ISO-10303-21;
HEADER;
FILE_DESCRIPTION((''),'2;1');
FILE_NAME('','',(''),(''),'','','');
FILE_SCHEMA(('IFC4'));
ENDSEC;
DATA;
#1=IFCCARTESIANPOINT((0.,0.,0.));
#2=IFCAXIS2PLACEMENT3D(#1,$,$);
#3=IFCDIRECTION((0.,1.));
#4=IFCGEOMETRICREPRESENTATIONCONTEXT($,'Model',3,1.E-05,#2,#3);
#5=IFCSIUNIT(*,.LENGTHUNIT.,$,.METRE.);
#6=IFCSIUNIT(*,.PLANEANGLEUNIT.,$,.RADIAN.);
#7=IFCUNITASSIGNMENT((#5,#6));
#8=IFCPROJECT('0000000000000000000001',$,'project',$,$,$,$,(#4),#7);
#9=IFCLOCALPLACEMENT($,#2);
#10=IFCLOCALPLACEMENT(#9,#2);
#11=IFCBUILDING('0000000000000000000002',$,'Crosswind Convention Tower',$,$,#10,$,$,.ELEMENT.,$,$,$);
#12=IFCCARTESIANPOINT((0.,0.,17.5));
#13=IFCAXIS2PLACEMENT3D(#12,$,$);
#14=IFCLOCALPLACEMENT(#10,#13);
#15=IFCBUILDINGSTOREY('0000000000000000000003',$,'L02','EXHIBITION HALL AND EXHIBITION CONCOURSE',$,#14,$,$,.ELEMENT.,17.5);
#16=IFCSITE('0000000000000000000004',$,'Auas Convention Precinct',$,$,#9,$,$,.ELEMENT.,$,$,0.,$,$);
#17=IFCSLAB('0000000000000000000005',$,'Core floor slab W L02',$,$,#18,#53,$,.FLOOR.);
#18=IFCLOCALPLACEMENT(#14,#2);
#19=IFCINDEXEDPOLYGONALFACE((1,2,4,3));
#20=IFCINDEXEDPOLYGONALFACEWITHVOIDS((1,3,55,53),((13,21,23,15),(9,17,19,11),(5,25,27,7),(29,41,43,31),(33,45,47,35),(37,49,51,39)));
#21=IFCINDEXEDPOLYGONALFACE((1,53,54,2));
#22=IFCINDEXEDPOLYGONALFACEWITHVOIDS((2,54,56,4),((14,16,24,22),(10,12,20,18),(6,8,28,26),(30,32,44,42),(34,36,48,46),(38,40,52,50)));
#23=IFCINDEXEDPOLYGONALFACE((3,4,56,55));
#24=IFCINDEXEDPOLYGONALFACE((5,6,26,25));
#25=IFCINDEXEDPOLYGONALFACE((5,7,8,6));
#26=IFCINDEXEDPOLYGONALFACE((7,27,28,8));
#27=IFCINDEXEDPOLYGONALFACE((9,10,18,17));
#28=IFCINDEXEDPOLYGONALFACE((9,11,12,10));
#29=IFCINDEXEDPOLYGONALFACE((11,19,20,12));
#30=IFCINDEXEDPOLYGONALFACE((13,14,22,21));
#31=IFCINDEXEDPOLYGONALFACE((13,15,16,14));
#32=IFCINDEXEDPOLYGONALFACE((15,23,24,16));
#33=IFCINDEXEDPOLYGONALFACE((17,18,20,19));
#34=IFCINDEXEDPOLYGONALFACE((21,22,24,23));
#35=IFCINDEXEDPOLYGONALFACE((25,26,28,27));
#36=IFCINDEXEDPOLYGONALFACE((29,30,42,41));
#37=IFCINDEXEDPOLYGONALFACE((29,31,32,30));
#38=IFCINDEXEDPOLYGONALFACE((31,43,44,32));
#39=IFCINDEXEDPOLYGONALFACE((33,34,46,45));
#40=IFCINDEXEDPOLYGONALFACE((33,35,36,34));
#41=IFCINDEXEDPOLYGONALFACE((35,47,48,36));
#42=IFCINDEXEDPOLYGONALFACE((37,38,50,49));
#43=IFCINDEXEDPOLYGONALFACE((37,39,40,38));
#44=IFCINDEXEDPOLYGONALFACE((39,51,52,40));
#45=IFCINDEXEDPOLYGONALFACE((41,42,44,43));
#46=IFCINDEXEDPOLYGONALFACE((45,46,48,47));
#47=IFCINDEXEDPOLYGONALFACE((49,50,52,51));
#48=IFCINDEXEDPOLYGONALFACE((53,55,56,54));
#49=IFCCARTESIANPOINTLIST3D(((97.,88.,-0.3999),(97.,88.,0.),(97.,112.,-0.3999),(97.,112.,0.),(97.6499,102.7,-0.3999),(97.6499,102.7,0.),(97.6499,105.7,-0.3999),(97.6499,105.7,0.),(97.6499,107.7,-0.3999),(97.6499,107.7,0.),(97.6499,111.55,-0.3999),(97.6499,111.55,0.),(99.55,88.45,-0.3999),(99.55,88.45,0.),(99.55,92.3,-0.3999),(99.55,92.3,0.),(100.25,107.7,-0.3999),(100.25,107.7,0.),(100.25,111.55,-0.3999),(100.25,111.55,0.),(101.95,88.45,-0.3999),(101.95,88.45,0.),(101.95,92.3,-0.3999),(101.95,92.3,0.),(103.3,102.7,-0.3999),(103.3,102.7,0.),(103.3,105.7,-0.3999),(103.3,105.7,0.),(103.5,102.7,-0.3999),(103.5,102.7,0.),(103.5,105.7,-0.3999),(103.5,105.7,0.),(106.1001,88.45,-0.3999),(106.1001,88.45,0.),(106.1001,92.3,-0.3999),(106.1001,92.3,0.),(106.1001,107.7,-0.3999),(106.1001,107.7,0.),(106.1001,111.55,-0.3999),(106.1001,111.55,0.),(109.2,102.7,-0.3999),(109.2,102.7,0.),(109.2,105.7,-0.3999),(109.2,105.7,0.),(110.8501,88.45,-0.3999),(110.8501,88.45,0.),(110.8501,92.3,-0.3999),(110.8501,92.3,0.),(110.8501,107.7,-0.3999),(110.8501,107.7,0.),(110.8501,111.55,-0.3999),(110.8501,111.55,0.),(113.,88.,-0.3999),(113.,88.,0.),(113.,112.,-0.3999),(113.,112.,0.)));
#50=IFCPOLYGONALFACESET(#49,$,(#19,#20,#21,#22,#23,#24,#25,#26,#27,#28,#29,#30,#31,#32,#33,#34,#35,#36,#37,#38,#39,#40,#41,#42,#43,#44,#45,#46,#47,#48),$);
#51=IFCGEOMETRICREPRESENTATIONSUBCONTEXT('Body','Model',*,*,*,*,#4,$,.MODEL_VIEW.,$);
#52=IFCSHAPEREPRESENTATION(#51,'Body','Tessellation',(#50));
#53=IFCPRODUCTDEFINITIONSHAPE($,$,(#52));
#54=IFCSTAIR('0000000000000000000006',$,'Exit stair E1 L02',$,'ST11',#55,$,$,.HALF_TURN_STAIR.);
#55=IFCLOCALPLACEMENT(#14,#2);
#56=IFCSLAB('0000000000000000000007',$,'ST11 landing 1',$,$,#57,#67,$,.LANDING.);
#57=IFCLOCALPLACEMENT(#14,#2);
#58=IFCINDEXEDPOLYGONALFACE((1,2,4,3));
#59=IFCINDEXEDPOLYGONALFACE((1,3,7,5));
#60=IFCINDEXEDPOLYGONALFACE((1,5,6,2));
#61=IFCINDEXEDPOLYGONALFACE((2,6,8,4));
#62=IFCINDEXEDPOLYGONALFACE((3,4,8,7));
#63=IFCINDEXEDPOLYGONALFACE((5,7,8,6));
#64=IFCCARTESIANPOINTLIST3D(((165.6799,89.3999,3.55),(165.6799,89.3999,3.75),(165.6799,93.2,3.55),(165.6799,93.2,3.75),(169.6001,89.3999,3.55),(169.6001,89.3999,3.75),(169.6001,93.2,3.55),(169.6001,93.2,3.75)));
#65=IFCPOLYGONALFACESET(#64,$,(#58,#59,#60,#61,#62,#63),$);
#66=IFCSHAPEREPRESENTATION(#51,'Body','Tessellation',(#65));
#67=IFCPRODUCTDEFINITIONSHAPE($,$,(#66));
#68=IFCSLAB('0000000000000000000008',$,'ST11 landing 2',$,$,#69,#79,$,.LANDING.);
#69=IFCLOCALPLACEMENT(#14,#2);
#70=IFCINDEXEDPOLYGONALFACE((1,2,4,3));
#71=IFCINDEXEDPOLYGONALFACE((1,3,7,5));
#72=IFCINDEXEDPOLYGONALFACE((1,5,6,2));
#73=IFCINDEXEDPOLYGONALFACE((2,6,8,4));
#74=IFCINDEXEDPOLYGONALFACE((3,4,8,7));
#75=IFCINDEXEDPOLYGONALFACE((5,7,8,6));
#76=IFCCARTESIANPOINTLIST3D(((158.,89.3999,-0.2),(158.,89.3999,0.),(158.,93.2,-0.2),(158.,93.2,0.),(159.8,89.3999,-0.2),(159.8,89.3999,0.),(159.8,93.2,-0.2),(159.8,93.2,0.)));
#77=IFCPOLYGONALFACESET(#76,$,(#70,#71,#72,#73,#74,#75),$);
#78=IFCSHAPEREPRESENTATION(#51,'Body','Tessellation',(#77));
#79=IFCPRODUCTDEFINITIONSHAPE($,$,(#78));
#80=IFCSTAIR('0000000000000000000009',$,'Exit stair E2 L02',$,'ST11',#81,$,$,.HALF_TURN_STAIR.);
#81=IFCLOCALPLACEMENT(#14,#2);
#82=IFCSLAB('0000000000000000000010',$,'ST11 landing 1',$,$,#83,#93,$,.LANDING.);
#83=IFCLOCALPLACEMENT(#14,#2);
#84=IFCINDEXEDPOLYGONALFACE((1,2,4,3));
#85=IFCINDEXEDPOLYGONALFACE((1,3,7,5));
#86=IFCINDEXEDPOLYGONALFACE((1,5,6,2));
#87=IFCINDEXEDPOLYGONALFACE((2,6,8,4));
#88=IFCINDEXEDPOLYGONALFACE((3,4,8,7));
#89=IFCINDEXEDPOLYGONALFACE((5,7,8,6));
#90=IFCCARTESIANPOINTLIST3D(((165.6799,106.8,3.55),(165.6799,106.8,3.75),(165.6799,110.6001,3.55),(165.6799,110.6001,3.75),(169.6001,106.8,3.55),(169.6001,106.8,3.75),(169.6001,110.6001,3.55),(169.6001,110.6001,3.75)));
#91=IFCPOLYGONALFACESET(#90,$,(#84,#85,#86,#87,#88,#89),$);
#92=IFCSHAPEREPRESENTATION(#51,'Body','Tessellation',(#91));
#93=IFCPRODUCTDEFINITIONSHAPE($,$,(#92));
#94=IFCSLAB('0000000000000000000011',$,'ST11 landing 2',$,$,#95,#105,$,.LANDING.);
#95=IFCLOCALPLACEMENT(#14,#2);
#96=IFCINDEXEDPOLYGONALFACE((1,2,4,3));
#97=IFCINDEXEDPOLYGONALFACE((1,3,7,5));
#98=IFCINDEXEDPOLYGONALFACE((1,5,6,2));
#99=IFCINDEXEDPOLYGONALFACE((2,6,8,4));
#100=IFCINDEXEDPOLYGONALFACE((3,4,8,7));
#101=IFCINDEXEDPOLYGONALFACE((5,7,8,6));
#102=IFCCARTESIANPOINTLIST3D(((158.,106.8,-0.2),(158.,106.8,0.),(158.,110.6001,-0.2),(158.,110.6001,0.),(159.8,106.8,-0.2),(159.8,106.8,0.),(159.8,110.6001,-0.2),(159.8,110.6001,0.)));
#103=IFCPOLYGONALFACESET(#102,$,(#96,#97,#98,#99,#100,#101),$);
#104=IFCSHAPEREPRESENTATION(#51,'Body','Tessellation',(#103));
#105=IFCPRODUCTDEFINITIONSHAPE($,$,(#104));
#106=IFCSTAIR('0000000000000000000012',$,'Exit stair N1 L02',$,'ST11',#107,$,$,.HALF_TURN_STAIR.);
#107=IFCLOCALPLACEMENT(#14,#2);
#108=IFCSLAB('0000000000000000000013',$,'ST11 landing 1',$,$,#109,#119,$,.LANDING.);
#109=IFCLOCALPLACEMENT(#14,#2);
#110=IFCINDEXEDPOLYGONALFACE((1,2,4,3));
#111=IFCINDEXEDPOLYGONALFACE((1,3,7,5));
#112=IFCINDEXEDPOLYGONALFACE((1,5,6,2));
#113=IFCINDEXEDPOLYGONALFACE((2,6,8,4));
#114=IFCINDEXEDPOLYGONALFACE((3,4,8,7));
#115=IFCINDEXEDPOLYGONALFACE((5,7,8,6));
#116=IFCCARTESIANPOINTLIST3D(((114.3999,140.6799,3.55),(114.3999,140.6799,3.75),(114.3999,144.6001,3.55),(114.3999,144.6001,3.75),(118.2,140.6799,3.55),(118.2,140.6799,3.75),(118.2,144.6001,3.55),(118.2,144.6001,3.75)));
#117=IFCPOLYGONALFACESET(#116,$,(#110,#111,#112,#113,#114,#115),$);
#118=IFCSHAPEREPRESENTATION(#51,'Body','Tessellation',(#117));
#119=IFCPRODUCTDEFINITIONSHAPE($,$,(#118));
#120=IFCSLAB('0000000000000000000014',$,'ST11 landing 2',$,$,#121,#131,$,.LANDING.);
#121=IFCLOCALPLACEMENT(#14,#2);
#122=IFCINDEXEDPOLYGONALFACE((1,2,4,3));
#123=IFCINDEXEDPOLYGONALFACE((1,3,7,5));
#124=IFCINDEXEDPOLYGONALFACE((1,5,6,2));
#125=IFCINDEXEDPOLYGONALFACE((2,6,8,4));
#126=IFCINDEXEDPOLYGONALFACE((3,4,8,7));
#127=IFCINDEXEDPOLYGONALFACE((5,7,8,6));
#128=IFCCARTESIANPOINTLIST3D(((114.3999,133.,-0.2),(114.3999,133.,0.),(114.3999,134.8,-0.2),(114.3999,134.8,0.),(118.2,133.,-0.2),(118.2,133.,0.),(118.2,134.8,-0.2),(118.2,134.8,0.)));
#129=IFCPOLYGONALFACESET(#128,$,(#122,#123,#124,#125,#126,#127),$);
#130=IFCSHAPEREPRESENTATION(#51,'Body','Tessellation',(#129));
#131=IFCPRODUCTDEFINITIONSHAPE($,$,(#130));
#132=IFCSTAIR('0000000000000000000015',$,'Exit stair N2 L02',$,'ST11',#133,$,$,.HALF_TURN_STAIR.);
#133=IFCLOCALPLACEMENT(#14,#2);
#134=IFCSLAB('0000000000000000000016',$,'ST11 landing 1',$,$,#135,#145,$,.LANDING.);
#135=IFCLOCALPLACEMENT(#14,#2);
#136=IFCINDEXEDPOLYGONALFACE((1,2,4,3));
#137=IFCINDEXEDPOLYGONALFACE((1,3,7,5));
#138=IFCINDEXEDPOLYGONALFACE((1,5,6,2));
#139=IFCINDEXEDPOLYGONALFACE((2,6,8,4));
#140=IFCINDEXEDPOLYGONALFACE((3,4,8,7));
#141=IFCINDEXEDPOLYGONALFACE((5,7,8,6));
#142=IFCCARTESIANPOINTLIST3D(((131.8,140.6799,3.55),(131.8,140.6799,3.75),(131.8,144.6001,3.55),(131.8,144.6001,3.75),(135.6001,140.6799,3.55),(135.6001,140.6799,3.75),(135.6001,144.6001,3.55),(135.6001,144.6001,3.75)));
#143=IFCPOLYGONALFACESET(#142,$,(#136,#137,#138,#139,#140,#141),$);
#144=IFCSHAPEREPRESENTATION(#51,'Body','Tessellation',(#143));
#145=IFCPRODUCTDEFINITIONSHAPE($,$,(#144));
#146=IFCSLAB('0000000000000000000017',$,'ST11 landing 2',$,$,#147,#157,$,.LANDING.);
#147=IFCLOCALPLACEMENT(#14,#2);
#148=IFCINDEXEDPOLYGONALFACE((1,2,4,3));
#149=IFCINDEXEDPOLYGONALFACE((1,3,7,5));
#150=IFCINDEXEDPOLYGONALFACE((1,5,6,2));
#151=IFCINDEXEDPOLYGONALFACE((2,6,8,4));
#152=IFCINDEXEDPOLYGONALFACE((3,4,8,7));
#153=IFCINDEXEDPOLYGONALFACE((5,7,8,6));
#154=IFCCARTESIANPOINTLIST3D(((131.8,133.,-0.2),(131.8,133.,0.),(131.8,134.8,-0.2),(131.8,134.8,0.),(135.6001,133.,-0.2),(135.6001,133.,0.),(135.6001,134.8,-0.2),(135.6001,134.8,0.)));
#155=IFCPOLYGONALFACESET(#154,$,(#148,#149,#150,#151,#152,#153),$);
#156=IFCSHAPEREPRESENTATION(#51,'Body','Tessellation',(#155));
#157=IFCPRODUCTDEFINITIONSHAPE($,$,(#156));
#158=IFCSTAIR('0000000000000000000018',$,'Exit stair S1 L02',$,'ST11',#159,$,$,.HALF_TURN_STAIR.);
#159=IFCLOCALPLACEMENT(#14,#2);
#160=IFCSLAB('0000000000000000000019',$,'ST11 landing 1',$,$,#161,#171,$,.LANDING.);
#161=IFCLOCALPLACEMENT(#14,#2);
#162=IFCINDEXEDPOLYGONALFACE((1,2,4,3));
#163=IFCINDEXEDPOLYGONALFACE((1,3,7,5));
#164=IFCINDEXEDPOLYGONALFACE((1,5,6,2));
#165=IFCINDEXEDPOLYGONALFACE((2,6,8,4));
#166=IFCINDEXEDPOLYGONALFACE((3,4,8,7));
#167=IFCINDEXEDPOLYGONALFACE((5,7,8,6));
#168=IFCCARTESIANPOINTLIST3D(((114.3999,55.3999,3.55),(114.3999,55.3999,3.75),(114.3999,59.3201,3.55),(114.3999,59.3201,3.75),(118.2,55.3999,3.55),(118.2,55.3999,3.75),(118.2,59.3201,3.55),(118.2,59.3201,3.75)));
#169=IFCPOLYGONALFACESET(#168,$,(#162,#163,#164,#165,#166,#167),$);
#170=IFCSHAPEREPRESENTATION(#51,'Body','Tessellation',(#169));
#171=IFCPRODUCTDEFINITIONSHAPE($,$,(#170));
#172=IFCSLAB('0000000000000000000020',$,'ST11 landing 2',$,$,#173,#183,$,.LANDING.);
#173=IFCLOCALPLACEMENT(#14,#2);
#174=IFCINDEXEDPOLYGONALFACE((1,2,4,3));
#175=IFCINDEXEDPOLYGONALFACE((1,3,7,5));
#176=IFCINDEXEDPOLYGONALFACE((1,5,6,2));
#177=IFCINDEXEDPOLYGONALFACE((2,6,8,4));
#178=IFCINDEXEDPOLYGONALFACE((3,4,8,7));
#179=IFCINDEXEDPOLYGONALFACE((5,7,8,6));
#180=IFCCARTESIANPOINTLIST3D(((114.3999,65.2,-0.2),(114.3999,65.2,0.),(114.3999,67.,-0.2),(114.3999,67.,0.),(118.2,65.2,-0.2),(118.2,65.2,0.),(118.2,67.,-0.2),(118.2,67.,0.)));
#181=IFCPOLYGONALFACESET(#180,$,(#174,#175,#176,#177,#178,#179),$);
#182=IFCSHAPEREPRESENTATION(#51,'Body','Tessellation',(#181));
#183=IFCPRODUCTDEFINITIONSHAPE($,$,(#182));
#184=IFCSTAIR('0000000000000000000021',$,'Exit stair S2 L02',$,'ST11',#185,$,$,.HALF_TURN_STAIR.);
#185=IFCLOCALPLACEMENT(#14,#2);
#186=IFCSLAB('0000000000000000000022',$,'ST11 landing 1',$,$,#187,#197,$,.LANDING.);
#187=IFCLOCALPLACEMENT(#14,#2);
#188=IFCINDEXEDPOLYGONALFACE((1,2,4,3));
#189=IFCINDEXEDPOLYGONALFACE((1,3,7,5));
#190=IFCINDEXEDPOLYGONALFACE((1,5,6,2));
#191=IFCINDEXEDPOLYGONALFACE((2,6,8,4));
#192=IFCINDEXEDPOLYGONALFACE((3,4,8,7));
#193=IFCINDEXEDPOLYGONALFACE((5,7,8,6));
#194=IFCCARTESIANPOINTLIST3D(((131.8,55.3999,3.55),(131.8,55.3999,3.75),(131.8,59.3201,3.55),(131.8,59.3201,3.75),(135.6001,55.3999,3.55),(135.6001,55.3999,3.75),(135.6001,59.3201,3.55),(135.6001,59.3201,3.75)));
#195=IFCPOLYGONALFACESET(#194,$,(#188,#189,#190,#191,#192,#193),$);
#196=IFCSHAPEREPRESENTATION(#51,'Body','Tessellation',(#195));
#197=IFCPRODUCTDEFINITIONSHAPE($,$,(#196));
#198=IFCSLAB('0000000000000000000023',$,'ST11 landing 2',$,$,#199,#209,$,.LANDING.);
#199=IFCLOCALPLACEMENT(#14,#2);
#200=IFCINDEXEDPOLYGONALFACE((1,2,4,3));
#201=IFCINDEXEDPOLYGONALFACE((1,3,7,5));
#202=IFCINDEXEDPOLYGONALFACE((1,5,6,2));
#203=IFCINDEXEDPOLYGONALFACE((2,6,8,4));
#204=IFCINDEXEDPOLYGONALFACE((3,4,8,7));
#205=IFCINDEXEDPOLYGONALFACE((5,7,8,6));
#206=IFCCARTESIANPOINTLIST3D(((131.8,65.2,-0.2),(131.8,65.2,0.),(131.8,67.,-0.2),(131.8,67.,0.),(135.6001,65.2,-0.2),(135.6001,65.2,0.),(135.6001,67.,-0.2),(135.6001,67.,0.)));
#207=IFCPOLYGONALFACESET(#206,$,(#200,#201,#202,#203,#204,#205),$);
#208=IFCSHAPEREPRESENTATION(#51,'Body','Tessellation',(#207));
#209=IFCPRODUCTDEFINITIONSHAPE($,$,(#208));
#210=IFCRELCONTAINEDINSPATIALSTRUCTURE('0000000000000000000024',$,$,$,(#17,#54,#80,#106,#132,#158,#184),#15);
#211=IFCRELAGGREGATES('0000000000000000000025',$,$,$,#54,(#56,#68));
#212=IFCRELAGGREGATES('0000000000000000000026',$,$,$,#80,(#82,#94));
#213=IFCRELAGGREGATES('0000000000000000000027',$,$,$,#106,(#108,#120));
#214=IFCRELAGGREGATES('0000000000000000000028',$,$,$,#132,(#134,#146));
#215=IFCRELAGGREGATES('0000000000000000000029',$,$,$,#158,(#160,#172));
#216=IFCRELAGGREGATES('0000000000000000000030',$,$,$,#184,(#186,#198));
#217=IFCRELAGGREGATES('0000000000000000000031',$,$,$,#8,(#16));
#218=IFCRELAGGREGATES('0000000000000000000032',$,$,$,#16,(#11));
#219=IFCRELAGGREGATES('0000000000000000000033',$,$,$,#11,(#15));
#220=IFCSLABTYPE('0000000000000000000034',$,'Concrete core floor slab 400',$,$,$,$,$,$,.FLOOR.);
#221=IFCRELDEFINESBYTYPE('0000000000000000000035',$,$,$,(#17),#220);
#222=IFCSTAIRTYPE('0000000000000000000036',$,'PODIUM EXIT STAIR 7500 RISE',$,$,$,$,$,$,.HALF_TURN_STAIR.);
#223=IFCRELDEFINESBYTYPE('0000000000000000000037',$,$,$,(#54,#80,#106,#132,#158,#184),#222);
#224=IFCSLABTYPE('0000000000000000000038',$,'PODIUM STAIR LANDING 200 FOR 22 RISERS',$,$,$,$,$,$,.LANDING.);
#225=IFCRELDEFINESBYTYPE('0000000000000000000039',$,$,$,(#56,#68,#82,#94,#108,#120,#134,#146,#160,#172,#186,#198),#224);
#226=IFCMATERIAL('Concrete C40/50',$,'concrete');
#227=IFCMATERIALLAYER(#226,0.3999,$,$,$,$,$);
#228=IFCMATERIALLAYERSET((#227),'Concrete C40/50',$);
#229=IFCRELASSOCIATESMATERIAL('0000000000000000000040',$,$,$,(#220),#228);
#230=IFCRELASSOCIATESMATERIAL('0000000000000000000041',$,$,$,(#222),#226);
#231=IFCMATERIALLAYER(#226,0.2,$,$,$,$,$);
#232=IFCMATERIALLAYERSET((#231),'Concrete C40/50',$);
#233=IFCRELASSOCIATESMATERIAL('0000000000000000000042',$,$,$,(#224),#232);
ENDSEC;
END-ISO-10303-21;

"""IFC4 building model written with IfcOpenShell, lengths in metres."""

from ifc_helpers import new_model, si_unit, direction, frame, origin, place, context, subcontext, project, spatial, polyline, outline, extrude, material, layer, layer_set, type_object, element, aggregate, save


model = new_model("IFC4")

# Units and contexts
model_context = context("Model", 3, precision=1e-05, world=origin(), true_north=direction((0.0, 1.0)))
body_context = subcontext(model_context, "Body", "Model", "MODEL_VIEW")
ifc_project = project(units=[si_unit("LENGTHUNIT", "METRE"), si_unit("PLANEANGLEUNIT", "RADIAN")], contexts=[model_context])

# Site, building, storey
site_placement = place(None, origin())
site = spatial("IfcSite", under=ifc_project, at=site_placement, Name="Auas Convention Precinct", CompositionType="ELEMENT", RefElevation=0.0)
building_placement = place(site_placement, origin())
building = spatial("IfcBuilding", under=site, at=building_placement, Name="Crosswind Convention Tower", CompositionType="ELEMENT")
storey_placement = place(building_placement, frame((0.0, 0.0, 17.5)))
storey = spatial("IfcBuildingStorey", under=building, at=storey_placement, Name="L02", Description="EXHIBITION HALL AND EXHIBITION CONCOURSE", CompositionType="ELEMENT", Elevation=17.5)

# Slab
ifc_material_1 = material(Name="Concrete C40/50", Category="concrete")
ifc_layer_1 = layer(ifc_material_1, 0.3999)
ifc_layer_set_1 = layer_set([ifc_layer_1], Name="Concrete C40/50")
slab_type_1 = type_object("IfcSlabType", Name="Concrete core floor slab 400", PredefinedType="FLOOR", material=ifc_layer_set_1)
slab_1_placement = place(storey_placement, frame((0.0, 0.0, -0.3999)))
element("IfcSlab", 1, at=slab_1_placement, inside=storey, type_object=slab_type_1, Name="Core floor slab W L02", PredefinedType="FLOOR", context=body_context, shape_type="SweptSolid", body=[
    extrude(outline(polyline([(97.0, 88.0), (113.0, 88.0), (113.0, 112.0), (97.0, 112.0), (97.0, 88.0)]), holes=[polyline([(109.2, 102.7), (109.2, 105.7), (103.5, 105.7), (103.5, 102.7), (109.2, 102.7)]), polyline([(103.3, 102.7), (103.3, 105.7), (97.6499, 105.7), (97.6499, 102.7), (103.3, 102.7)]), polyline([(101.95, 88.45), (101.95, 92.3), (99.55, 92.3), (99.55, 88.45), (101.95, 88.45)]), polyline([(100.25, 107.7), (100.25, 111.55), (97.6499, 111.55), (97.6499, 107.7), (100.25, 107.7)]), polyline([(110.8501, 88.45), (110.8501, 92.3), (106.1001, 92.3), (106.1001, 88.45), (110.8501, 88.45)]), polyline([(110.8501, 107.7), (110.8501, 111.55), (106.1001, 111.55), (106.1001, 107.7), (110.8501, 107.7)])]), origin(), (0.0, 0.0, 1.0), 0.3999),
])

# Stairs, slabs
stair_type_1 = type_object("IfcStairType", Name="PODIUM EXIT STAIR 7500 RISE", PredefinedType="HALF_TURN_STAIR", material=ifc_material_1)
stair_1_placement = place(storey_placement, origin())
stair_1 = element("IfcStair", 2, at=stair_1_placement, inside=storey, type_object=stair_type_1, Name="Exit stair E1 L02", ObjectType="ST11", PredefinedType="HALF_TURN_STAIR")
ifc_layer_2 = layer(ifc_material_1, 0.2)
ifc_layer_set_2 = layer_set([ifc_layer_2], Name="Concrete C40/50")
slab_type_2 = type_object("IfcSlabType", Name="PODIUM STAIR LANDING 200 FOR 22 RISERS", PredefinedType="LANDING", material=ifc_layer_set_2)
slab_2_placement = place(storey_placement, frame((0.0, 0.0, 3.55)))
slab_2 = element("IfcSlab", 3, at=slab_2_placement, type_object=slab_type_2, Name="ST11 landing 1", PredefinedType="LANDING", context=body_context, shape_type="SweptSolid", body=[
    extrude(outline(polyline([(165.6799, 89.3999), (169.6001, 89.3999), (169.6001, 93.2), (165.6799, 93.2), (165.6799, 89.3999)])), origin(), (0.0, 0.0, 1.0), 0.2),
])
slab_3_placement = place(storey_placement, frame((0.0, 0.0, -0.2)))
slab_3 = element("IfcSlab", 4, at=slab_3_placement, type_object=slab_type_2, Name="ST11 landing 2", PredefinedType="LANDING", context=body_context, shape_type="SweptSolid", body=[
    extrude(outline(polyline([(158.0, 89.3999), (159.8, 89.3999), (159.8, 93.2), (158.0, 93.2), (158.0, 89.3999)])), origin(), (0.0, 0.0, 1.0), 0.2),
])
aggregate(stair_1, [slab_2, slab_3])
stair_2_placement = place(storey_placement, origin())
stair_2 = element("IfcStair", 5, at=stair_2_placement, inside=storey, type_object=stair_type_1, Name="Exit stair E2 L02", ObjectType="ST11", PredefinedType="HALF_TURN_STAIR")
slab_4_placement = place(storey_placement, frame((0.0, 0.0, 3.55)))
slab_4 = element("IfcSlab", 6, at=slab_4_placement, type_object=slab_type_2, Name="ST11 landing 1", PredefinedType="LANDING", context=body_context, shape_type="SweptSolid", body=[
    extrude(outline(polyline([(165.6799, 106.8), (169.6001, 106.8), (169.6001, 110.6001), (165.6799, 110.6001), (165.6799, 106.8)])), origin(), (0.0, 0.0, 1.0), 0.2),
])
slab_5_placement = place(storey_placement, frame((0.0, 0.0, -0.2)))
slab_5 = element("IfcSlab", 7, at=slab_5_placement, type_object=slab_type_2, Name="ST11 landing 2", PredefinedType="LANDING", context=body_context, shape_type="SweptSolid", body=[
    extrude(outline(polyline([(158.0, 106.8), (159.8, 106.8), (159.8, 110.6001), (158.0, 110.6001), (158.0, 106.8)])), origin(), (0.0, 0.0, 1.0), 0.2),
])
aggregate(stair_2, [slab_4, slab_5])
stair_3_placement = place(storey_placement, origin())
stair_3 = element("IfcStair", 8, at=stair_3_placement, inside=storey, type_object=stair_type_1, Name="Exit stair N1 L02", ObjectType="ST11", PredefinedType="HALF_TURN_STAIR")
slab_6_placement = place(storey_placement, frame((0.0, 0.0, 3.55)))
slab_6 = element("IfcSlab", 9, at=slab_6_placement, type_object=slab_type_2, Name="ST11 landing 1", PredefinedType="LANDING", context=body_context, shape_type="SweptSolid", body=[
    extrude(outline(polyline([(118.2, 140.6799), (118.2, 144.6001), (114.3999, 144.6001), (114.3999, 140.6799), (118.2, 140.6799)])), origin(), (0.0, 0.0, 1.0), 0.2),
])
slab_7_placement = place(storey_placement, frame((0.0, 0.0, -0.2)))
slab_7 = element("IfcSlab", 10, at=slab_7_placement, type_object=slab_type_2, Name="ST11 landing 2", PredefinedType="LANDING", context=body_context, shape_type="SweptSolid", body=[
    extrude(outline(polyline([(118.2, 133.0), (118.2, 134.8), (114.3999, 134.8), (114.3999, 133.0), (118.2, 133.0)])), origin(), (0.0, 0.0, 1.0), 0.2),
])
aggregate(stair_3, [slab_6, slab_7])
stair_4_placement = place(storey_placement, origin())
stair_4 = element("IfcStair", 11, at=stair_4_placement, inside=storey, type_object=stair_type_1, Name="Exit stair N2 L02", ObjectType="ST11", PredefinedType="HALF_TURN_STAIR")
slab_8_placement = place(storey_placement, frame((0.0, 0.0, 3.55)))
slab_8 = element("IfcSlab", 12, at=slab_8_placement, type_object=slab_type_2, Name="ST11 landing 1", PredefinedType="LANDING", context=body_context, shape_type="SweptSolid", body=[
    extrude(outline(polyline([(135.6001, 140.6799), (135.6001, 144.6001), (131.8, 144.6001), (131.8, 140.6799), (135.6001, 140.6799)])), origin(), (0.0, 0.0, 1.0), 0.2),
])
slab_9_placement = place(storey_placement, frame((0.0, 0.0, -0.2)))
slab_9 = element("IfcSlab", 13, at=slab_9_placement, type_object=slab_type_2, Name="ST11 landing 2", PredefinedType="LANDING", context=body_context, shape_type="SweptSolid", body=[
    extrude(outline(polyline([(135.6001, 133.0), (135.6001, 134.8), (131.8, 134.8), (131.8, 133.0), (135.6001, 133.0)])), origin(), (0.0, 0.0, 1.0), 0.2),
])
aggregate(stair_4, [slab_8, slab_9])
stair_5_placement = place(storey_placement, origin())
stair_5 = element("IfcStair", 14, at=stair_5_placement, inside=storey, type_object=stair_type_1, Name="Exit stair S1 L02", ObjectType="ST11", PredefinedType="HALF_TURN_STAIR")
slab_10_placement = place(storey_placement, frame((0.0, 0.0, 3.55)))
slab_10 = element("IfcSlab", 15, at=slab_10_placement, type_object=slab_type_2, Name="ST11 landing 1", PredefinedType="LANDING", context=body_context, shape_type="SweptSolid", body=[
    extrude(outline(polyline([(114.3999, 59.3201), (114.3999, 55.3999), (118.2, 55.3999), (118.2, 59.3201), (114.3999, 59.3201)])), origin(), (0.0, 0.0, 1.0), 0.2),
])
slab_11_placement = place(storey_placement, frame((0.0, 0.0, -0.2)))
slab_11 = element("IfcSlab", 16, at=slab_11_placement, type_object=slab_type_2, Name="ST11 landing 2", PredefinedType="LANDING", context=body_context, shape_type="SweptSolid", body=[
    extrude(outline(polyline([(114.3999, 67.0), (114.3999, 65.2), (118.2, 65.2), (118.2, 67.0), (114.3999, 67.0)])), origin(), (0.0, 0.0, 1.0), 0.2),
])
aggregate(stair_5, [slab_10, slab_11])
stair_6_placement = place(storey_placement, origin())
stair_6 = element("IfcStair", 17, at=stair_6_placement, inside=storey, type_object=stair_type_1, Name="Exit stair S2 L02", ObjectType="ST11", PredefinedType="HALF_TURN_STAIR")
slab_12_placement = place(storey_placement, frame((0.0, 0.0, 3.55)))
slab_12 = element("IfcSlab", 18, at=slab_12_placement, type_object=slab_type_2, Name="ST11 landing 1", PredefinedType="LANDING", context=body_context, shape_type="SweptSolid", body=[
    extrude(outline(polyline([(131.8, 59.3201), (131.8, 55.3999), (135.6001, 55.3999), (135.6001, 59.3201), (131.8, 59.3201)])), origin(), (0.0, 0.0, 1.0), 0.2),
])
slab_13_placement = place(storey_placement, frame((0.0, 0.0, -0.2)))
slab_13 = element("IfcSlab", 19, at=slab_13_placement, type_object=slab_type_2, Name="ST11 landing 2", PredefinedType="LANDING", context=body_context, shape_type="SweptSolid", body=[
    extrude(outline(polyline([(131.8, 67.0), (131.8, 65.2), (135.6001, 65.2), (135.6001, 67.0), (131.8, 67.0)])), origin(), (0.0, 0.0, 1.0), 0.2),
])
aggregate(stair_6, [slab_12, slab_13])

save(model, "model.ifc")
